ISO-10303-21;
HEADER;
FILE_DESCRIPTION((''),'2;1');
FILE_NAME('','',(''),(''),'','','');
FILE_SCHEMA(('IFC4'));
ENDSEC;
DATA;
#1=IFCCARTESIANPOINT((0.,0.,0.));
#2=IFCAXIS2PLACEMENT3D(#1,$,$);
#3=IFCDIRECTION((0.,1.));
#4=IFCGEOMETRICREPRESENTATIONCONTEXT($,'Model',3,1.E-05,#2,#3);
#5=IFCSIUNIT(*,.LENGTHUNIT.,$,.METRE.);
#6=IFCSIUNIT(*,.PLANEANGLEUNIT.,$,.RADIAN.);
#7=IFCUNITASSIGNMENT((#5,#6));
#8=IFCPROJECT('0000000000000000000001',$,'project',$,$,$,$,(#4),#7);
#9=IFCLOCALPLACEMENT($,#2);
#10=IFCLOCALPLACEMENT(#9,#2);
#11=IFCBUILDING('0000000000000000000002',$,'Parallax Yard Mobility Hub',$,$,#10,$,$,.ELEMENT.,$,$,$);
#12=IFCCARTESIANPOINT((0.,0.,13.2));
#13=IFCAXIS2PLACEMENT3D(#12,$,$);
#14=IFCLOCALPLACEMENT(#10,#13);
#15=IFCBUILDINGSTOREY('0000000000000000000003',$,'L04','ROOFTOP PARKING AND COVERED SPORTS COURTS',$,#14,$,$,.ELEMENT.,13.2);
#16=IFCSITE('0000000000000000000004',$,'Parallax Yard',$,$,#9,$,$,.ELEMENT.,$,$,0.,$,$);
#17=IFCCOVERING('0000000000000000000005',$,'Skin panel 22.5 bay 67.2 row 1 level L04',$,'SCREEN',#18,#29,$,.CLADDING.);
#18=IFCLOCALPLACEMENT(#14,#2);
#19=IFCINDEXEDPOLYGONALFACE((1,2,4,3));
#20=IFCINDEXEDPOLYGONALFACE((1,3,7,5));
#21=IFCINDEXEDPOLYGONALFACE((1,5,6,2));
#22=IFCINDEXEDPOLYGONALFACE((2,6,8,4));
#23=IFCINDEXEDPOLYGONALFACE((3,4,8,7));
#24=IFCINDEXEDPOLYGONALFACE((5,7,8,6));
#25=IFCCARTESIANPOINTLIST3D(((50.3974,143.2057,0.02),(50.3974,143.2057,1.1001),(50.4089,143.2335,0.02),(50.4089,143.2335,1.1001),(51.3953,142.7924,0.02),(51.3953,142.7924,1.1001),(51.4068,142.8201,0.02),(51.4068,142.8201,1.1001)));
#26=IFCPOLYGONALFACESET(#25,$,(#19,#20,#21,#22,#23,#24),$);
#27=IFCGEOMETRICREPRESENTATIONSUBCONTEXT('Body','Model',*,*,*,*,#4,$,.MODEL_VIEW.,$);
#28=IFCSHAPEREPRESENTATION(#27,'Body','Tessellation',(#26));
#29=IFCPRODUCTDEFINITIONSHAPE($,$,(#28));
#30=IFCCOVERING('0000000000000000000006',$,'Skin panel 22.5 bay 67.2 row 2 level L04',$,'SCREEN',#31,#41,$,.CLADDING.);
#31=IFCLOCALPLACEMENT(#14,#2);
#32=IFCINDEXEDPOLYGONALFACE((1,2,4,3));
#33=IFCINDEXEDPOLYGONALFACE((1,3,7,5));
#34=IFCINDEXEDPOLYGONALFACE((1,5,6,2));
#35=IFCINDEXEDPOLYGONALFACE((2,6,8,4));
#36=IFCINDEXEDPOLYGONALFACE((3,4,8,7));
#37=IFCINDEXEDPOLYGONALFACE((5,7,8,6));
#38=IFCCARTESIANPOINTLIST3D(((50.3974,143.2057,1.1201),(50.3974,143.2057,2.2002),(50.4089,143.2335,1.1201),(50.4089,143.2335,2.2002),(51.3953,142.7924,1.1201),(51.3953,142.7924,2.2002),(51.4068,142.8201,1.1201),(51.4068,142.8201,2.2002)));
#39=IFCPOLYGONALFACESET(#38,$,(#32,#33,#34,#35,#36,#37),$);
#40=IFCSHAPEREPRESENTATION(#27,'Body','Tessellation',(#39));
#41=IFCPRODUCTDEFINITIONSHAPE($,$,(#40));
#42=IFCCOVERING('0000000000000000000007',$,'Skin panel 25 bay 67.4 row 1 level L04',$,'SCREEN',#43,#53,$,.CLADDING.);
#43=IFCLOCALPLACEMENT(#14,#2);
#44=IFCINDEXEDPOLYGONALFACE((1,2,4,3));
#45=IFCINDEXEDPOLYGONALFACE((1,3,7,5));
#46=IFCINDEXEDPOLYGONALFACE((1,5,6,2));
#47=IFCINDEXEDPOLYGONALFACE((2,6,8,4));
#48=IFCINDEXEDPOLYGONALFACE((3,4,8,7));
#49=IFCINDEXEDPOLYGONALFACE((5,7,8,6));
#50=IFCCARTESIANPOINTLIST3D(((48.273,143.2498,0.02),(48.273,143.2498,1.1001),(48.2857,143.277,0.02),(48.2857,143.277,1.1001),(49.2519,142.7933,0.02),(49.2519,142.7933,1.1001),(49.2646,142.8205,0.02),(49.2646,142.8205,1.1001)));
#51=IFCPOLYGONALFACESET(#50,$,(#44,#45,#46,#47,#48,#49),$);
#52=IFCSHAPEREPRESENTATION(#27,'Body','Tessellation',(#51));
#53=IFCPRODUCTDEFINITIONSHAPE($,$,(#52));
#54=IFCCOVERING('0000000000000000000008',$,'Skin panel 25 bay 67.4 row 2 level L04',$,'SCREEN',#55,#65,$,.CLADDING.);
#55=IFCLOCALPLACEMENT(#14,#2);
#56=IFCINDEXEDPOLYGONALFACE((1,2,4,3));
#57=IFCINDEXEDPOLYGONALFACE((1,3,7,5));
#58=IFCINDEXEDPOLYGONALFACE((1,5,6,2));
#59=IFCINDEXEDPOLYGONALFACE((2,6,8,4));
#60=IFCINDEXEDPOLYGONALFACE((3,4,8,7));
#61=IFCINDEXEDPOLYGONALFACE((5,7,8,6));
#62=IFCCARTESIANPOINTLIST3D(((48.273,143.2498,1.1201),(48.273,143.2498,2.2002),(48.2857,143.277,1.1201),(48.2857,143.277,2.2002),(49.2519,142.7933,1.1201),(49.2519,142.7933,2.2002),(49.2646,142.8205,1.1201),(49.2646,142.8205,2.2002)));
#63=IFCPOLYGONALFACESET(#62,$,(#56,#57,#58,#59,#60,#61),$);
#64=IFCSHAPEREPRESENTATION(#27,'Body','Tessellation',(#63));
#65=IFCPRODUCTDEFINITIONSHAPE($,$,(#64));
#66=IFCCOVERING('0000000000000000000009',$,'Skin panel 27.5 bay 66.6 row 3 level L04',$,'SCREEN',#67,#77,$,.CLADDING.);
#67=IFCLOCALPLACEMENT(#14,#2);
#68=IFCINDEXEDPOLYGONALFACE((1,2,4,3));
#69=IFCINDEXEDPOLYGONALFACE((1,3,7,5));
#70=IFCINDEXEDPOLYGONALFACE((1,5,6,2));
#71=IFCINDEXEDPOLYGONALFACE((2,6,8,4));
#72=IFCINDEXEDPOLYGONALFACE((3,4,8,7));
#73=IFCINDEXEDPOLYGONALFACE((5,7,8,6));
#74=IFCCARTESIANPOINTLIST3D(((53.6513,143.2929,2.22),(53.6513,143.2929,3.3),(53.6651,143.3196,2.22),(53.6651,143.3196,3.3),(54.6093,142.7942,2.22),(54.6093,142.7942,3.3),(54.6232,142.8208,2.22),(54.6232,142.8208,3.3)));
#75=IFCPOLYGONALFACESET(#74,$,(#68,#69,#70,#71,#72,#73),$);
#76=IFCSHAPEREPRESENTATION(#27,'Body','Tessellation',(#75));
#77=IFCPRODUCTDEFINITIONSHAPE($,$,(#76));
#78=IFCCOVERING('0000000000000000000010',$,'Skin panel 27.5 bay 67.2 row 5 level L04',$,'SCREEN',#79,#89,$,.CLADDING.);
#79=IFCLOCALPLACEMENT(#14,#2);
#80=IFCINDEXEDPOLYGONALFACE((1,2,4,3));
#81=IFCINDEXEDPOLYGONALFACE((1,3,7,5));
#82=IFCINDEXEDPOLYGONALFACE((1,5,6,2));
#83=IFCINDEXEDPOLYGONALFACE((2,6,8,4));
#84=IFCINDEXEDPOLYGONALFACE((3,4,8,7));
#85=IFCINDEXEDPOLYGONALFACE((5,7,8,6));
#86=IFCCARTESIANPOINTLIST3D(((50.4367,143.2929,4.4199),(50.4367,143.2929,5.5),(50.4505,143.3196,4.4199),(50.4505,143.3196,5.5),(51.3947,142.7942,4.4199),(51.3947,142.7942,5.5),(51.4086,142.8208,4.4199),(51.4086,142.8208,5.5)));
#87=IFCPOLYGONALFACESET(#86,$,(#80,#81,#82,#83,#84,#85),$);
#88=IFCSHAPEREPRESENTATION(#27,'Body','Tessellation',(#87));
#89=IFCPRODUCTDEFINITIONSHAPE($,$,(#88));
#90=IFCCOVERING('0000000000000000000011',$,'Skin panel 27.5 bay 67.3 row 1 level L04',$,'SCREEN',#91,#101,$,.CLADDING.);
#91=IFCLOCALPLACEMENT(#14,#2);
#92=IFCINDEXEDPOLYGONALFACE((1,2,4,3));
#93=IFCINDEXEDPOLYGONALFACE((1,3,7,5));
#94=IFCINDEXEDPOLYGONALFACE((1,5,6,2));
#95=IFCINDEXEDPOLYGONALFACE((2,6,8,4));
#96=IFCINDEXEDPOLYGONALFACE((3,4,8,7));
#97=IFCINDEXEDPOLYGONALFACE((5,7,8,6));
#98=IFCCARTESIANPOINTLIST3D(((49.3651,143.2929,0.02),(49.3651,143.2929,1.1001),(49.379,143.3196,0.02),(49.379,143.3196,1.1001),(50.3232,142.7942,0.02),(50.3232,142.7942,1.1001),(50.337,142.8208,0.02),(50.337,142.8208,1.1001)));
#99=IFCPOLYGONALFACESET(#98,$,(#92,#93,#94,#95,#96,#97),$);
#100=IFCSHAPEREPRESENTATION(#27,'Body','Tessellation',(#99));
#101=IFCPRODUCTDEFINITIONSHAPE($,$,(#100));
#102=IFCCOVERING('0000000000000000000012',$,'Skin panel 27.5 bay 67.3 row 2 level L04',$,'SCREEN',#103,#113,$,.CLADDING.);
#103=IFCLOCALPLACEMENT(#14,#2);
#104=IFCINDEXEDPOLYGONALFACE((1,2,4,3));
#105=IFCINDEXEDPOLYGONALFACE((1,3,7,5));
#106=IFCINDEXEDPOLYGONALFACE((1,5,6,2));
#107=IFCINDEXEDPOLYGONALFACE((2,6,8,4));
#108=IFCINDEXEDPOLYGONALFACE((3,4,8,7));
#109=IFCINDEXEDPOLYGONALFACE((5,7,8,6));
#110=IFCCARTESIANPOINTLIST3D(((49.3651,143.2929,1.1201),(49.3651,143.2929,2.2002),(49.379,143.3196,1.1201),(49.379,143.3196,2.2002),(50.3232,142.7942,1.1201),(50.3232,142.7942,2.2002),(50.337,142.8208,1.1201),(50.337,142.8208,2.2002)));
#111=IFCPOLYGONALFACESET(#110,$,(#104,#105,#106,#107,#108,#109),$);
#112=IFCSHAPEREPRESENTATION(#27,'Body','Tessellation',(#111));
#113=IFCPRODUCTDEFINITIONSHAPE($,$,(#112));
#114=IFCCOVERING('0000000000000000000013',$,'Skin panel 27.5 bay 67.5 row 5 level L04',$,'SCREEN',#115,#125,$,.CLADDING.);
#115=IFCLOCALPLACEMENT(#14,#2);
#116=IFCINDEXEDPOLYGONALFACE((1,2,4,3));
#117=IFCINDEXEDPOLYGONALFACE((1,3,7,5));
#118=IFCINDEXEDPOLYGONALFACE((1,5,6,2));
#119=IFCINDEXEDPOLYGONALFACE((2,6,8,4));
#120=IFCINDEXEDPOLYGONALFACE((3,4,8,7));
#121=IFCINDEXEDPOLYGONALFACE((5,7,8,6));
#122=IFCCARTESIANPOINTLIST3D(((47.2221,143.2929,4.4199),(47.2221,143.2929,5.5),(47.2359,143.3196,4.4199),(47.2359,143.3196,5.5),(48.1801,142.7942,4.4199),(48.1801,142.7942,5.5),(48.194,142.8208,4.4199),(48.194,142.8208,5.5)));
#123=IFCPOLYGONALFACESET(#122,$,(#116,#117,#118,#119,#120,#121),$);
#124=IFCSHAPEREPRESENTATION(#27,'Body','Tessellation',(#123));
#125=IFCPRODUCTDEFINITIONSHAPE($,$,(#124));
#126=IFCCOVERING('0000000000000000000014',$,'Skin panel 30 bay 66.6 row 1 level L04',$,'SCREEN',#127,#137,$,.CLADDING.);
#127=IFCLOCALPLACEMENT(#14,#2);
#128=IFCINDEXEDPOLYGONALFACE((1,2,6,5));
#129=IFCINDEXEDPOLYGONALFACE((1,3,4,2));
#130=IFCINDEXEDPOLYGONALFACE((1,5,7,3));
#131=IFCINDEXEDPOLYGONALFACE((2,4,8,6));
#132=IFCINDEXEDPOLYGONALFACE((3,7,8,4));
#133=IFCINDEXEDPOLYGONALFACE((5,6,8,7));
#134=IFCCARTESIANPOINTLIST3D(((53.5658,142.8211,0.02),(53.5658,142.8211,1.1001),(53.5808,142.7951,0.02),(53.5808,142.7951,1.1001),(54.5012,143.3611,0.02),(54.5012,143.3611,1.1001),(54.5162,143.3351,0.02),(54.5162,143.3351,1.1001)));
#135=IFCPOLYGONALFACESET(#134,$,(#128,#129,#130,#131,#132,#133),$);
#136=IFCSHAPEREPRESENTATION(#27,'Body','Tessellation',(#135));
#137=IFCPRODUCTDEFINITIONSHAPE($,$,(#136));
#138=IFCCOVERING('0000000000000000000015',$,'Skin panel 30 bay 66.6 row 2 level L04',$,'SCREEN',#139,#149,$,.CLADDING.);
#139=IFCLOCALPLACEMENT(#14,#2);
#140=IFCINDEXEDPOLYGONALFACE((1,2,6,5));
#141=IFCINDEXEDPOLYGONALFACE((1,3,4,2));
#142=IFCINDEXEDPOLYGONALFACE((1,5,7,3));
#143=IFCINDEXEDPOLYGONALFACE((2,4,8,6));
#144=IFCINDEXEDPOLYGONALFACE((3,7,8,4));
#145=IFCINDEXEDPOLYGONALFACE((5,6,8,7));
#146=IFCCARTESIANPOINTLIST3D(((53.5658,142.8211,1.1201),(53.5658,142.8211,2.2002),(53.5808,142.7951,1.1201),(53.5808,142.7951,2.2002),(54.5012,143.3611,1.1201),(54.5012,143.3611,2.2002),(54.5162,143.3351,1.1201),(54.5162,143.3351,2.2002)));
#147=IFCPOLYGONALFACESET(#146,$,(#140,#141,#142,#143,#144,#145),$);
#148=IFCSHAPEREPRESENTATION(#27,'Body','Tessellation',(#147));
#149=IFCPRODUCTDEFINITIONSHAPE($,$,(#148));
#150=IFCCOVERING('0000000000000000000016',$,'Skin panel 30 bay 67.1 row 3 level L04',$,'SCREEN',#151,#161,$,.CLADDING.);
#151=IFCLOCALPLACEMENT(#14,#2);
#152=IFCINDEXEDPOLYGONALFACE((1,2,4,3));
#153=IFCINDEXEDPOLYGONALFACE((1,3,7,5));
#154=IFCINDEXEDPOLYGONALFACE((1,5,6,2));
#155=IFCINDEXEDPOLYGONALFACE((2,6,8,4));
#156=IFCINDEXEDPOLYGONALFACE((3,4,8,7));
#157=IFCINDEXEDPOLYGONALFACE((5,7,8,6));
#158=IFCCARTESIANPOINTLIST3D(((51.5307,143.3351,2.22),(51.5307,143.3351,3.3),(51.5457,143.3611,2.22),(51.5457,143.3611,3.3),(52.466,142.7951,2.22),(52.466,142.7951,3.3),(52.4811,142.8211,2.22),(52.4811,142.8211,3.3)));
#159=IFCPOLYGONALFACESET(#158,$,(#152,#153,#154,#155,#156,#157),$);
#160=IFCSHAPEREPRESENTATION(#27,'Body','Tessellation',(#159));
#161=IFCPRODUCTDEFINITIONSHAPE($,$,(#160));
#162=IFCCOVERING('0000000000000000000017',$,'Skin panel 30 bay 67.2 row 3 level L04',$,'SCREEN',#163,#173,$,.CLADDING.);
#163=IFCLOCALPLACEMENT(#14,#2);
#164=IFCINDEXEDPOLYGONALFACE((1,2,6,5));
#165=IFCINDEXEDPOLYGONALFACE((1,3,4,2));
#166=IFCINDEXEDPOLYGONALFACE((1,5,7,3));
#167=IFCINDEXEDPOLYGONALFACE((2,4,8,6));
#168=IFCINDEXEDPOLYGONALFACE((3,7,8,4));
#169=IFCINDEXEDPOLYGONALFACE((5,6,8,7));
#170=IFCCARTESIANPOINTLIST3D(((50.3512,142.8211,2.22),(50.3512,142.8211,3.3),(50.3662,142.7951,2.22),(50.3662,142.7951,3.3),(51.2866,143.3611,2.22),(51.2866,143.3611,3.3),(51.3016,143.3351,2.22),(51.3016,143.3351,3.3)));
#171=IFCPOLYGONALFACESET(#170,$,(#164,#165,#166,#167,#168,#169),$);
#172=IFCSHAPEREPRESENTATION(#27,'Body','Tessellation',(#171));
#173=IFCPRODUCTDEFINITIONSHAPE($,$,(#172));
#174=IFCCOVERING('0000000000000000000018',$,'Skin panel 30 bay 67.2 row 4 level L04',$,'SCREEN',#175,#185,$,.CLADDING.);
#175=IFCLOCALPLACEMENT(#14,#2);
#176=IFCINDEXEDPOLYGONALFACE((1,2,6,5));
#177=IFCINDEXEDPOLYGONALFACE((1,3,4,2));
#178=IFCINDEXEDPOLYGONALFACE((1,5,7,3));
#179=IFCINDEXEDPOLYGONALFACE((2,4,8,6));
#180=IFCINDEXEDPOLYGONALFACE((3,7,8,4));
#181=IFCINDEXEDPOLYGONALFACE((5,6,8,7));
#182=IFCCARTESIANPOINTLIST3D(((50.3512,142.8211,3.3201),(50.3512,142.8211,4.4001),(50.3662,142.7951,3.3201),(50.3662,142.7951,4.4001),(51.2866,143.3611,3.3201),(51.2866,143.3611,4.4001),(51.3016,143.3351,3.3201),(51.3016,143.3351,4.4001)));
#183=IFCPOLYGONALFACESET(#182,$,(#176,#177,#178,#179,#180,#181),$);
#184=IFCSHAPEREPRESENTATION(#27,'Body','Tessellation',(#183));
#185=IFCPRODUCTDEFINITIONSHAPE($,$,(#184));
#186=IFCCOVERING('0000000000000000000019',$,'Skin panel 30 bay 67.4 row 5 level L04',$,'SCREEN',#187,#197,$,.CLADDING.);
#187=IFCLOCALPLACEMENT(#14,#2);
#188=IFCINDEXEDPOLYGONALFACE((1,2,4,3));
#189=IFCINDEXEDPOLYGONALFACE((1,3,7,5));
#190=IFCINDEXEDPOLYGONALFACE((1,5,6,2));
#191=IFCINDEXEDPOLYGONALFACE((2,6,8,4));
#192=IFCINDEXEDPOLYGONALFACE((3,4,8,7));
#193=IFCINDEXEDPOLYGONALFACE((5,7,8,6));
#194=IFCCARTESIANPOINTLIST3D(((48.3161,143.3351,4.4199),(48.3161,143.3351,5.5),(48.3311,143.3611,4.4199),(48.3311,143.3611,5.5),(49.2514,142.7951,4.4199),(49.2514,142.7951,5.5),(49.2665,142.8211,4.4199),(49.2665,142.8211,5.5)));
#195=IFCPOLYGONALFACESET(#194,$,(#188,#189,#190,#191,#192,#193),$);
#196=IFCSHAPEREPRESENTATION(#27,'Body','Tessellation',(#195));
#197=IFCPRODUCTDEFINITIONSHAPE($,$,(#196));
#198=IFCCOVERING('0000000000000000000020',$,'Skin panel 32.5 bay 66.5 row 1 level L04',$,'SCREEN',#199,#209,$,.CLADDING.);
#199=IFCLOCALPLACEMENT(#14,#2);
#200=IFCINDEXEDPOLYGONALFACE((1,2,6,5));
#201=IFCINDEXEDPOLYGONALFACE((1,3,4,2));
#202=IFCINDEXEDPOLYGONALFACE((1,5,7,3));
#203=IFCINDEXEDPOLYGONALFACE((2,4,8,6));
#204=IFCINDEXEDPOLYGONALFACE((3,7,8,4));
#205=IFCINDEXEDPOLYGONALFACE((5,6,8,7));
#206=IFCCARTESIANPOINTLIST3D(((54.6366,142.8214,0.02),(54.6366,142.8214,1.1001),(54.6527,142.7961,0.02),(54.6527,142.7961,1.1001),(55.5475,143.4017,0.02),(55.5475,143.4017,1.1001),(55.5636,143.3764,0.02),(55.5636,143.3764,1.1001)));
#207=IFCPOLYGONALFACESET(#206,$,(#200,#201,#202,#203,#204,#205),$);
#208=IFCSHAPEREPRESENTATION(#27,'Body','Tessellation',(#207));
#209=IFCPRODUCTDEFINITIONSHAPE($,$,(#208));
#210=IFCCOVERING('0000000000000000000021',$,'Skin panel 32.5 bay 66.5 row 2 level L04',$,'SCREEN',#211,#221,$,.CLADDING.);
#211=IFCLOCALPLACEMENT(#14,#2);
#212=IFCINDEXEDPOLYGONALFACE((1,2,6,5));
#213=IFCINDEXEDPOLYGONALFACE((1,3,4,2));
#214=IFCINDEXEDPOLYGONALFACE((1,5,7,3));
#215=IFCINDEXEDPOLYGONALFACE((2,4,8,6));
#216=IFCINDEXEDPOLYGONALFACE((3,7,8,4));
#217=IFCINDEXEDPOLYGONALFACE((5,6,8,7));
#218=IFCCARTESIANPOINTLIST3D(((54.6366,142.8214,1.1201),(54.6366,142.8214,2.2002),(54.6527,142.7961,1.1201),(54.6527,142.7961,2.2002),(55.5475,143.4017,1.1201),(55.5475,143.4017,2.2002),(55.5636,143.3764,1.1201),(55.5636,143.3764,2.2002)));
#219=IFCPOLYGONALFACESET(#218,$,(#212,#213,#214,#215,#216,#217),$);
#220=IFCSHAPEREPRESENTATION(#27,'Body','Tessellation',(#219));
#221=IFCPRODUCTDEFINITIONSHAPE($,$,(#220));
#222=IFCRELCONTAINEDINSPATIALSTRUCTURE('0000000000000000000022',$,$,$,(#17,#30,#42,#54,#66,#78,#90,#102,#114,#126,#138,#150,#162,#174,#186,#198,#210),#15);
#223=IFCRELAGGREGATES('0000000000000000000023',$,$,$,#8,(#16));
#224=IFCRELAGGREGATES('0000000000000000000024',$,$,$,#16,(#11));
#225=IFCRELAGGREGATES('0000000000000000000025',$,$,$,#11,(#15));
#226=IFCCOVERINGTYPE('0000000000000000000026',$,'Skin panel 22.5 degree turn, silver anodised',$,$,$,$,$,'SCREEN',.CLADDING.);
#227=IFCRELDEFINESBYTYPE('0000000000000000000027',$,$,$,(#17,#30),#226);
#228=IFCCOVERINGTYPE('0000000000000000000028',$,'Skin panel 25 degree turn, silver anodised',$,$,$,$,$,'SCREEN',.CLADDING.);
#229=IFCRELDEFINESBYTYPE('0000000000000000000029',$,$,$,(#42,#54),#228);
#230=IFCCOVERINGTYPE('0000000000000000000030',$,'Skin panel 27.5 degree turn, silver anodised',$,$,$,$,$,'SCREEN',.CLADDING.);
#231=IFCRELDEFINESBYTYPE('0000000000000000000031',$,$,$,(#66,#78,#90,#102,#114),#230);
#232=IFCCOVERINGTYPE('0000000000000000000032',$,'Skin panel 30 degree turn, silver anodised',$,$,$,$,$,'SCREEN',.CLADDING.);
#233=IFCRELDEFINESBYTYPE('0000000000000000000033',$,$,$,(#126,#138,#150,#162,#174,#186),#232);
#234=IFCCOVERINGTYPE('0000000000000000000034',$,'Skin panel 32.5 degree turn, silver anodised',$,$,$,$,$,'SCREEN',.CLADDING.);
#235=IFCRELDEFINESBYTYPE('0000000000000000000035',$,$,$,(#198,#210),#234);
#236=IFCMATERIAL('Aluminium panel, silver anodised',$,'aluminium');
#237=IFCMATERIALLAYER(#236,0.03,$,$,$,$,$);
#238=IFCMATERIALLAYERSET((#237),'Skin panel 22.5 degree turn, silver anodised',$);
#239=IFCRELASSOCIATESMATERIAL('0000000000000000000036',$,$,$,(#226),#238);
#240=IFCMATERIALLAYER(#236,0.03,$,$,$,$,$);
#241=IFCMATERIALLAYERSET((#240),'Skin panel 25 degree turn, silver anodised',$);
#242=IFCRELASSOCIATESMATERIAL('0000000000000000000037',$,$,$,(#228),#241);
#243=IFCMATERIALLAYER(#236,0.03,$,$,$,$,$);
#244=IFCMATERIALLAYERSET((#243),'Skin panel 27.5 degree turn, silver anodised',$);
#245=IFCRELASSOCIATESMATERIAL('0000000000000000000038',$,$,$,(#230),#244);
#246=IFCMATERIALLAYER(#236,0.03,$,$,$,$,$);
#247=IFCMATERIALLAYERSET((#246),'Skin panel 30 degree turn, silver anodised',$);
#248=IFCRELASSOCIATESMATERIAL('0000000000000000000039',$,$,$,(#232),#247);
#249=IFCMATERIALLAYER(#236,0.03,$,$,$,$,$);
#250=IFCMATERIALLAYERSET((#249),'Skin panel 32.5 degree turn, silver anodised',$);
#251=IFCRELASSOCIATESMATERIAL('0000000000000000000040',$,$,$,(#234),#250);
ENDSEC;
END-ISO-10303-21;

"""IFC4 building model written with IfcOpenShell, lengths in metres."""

from ifc_helpers import new_model, si_unit, direction, frame, origin, origin_2d, place, context, subcontext, project, spatial, rectangle, extrude, material, layer, layer_set, type_object, element, save


model = new_model("IFC4")

# Units and contexts
model_context = context("Model", 3, precision=1e-05, world=origin(), true_north=direction((0.0, 1.0)))
body_context = subcontext(model_context, "Body", "Model", "MODEL_VIEW")
ifc_project = project(units=[si_unit("LENGTHUNIT", "METRE"), si_unit("PLANEANGLEUNIT", "RADIAN")], contexts=[model_context])

# Site, building, storey
site_placement = place(None, origin())
site = spatial("IfcSite", under=ifc_project, at=site_placement, Name="Parallax Yard", CompositionType="ELEMENT", RefElevation=0.0)
building_placement = place(site_placement, origin())
building = spatial("IfcBuilding", under=site, at=building_placement, Name="Parallax Yard Mobility Hub", CompositionType="ELEMENT")
storey_placement = place(building_placement, frame((0.0, 0.0, 13.2)))
storey = spatial("IfcBuildingStorey", under=building, at=storey_placement, Name="L04", Description="ROOFTOP PARKING AND COVERED SPORTS COURTS", CompositionType="ELEMENT", Elevation=13.2)

# Coverings
ifc_material_1 = material(Name="Aluminium panel, silver anodised", Category="aluminium")
ifc_layer_1 = layer(ifc_material_1, 0.03)
ifc_layer_set_1 = layer_set([ifc_layer_1], Name="Skin panel 22.5 degree turn, silver anodised")
covering_type_1 = type_object("IfcCoveringType", Name="Skin panel 22.5 degree turn, silver anodised", ElementType="SCREEN", PredefinedType="CLADDING", material=ifc_layer_set_1)
for number, where, z_axis, x_axis, name in (
    (1, (50.9021, 143.0129, 0.02), (0.0, 0.0, 1.0), (-0.92388, 0.382683, 0.0), "Skin panel 22.5 bay 67.2 row 1 level L04"),
    (2, (50.9021, 143.0129, 1.1201), (0.0, 0.0, 1.0), (-0.92388, 0.382683, 0.0), "Skin panel 22.5 bay 67.2 row 2 level L04"),
):
    element("IfcCovering", number, at=place(storey_placement, frame(where, z_axis=z_axis, x_axis=x_axis)), inside=storey, type_object=covering_type_1, Name=name, ObjectType="SCREEN", PredefinedType="CLADDING", context=body_context, shape_type="SweptSolid", body=[
        extrude(rectangle(XDim=1.0801, YDim=0.03, at=origin_2d()), origin(), (0.0, 0.0, 1.0), 1.0801),
    ])
ifc_layer_2 = layer(ifc_material_1, 0.03)
ifc_layer_set_2 = layer_set([ifc_layer_2], Name="Skin panel 25 degree turn, silver anodised")
covering_type_2 = type_object("IfcCoveringType", Name="Skin panel 25 degree turn, silver anodised", ElementType="SCREEN", PredefinedType="CLADDING", material=ifc_layer_set_2)
for number, where, z_axis, x_axis, name in (
    (3, (48.7688, 143.0352, 0.02), (0.0, 0.0, 1.0), (-0.906308, 0.422618, 0.0), "Skin panel 25 bay 67.4 row 1 level L04"),
    (4, (48.7688, 143.0352, 1.1201), (0.0, 0.0, 1.0), (-0.906308, 0.422618, 0.0), "Skin panel 25 bay 67.4 row 2 level L04"),
):
    element("IfcCovering", number, at=place(storey_placement, frame(where, z_axis=z_axis, x_axis=x_axis)), inside=storey, type_object=covering_type_2, Name=name, ObjectType="SCREEN", PredefinedType="CLADDING", context=body_context, shape_type="SweptSolid", body=[
        extrude(rectangle(XDim=1.0801, YDim=0.03, at=origin_2d()), origin(), (0.0, 0.0, 1.0), 1.0801),
    ])
ifc_layer_3 = layer(ifc_material_1, 0.03)
ifc_layer_set_3 = layer_set([ifc_layer_3], Name="Skin panel 27.5 degree turn, silver anodised")
covering_type_3 = type_object("IfcCoveringType", Name="Skin panel 27.5 degree turn, silver anodised", ElementType="SCREEN", PredefinedType="CLADDING", material=ifc_layer_set_3)
for number, where, z_axis, x_axis, name in (
    (5, (54.1372, 143.0569, 2.22), (0.0, 0.0, 1.0), (-0.887011, 0.461749, 0.0), "Skin panel 27.5 bay 66.6 row 3 level L04"),
    (6, (50.9226, 143.0569, 4.4199), (0.0, 0.0, 1.0), (-0.887011, 0.461749, 0.0), "Skin panel 27.5 bay 67.2 row 5 level L04"),
    (7, (49.8511, 143.0569, 0.02), (0.0, 0.0, 1.0), (-0.887011, 0.461749, 0.0), "Skin panel 27.5 bay 67.3 row 1 level L04"),
    (8, (49.8511, 143.0569, 1.1201), (0.0, 0.0, 1.0), (-0.887011, 0.461749, 0.0), "Skin panel 27.5 bay 67.3 row 2 level L04"),
    (9, (47.708, 143.0569, 4.4199), (0.0, 0.0, 1.0), (-0.887011, 0.461749, 0.0), "Skin panel 27.5 bay 67.5 row 5 level L04"),
):
    element("IfcCovering", number, at=place(storey_placement, frame(where, z_axis=z_axis, x_axis=x_axis)), inside=storey, type_object=covering_type_3, Name=name, ObjectType="SCREEN", PredefinedType="CLADDING", context=body_context, shape_type="SweptSolid", body=[
        extrude(rectangle(XDim=1.0801, YDim=0.03, at=origin_2d()), origin(), (0.0, 0.0, 1.0), 1.0801),
    ])
ifc_layer_4 = layer(ifc_material_1, 0.03)
ifc_layer_set_4 = layer_set([ifc_layer_4], Name="Skin panel 30 degree turn, silver anodised")
covering_type_4 = type_object("IfcCoveringType", Name="Skin panel 30 degree turn, silver anodised", ElementType="SCREEN", PredefinedType="CLADDING", material=ifc_layer_set_4)
for number, where, z_axis, x_axis, name in (
    (10, (54.041, 143.0781, 0.02), (0.0, 0.0, 1.0), (0.866025, 0.5, 0.0), "Skin panel 30 bay 66.6 row 1 level L04"),
    (11, (54.041, 143.0781, 1.1201), (0.0, 0.0, 1.0), (0.866025, 0.5, 0.0), "Skin panel 30 bay 66.6 row 2 level L04"),
    (12, (52.0059, 143.0781, 2.22), (0.0, 0.0, 1.0), (-0.866025, 0.5, 0.0), "Skin panel 30 bay 67.1 row 3 level L04"),
    (13, (50.8264, 143.0781, 2.22), (0.0, 0.0, 1.0), (0.866025, 0.5, 0.0), "Skin panel 30 bay 67.2 row 3 level L04"),
    (14, (50.8264, 143.0781, 3.3201), (0.0, 0.0, 1.0), (0.866025, 0.5, 0.0), "Skin panel 30 bay 67.2 row 4 level L04"),
    (15, (48.7913, 143.0781, 4.4199), (0.0, 0.0, 1.0), (-0.866025, 0.5, 0.0), "Skin panel 30 bay 67.4 row 5 level L04"),
):
    element("IfcCovering", number, at=place(storey_placement, frame(where, z_axis=z_axis, x_axis=x_axis)), inside=storey, type_object=covering_type_4, Name=name, ObjectType="SCREEN", PredefinedType="CLADDING", context=body_context, shape_type="SweptSolid", body=[
        extrude(rectangle(XDim=1.0801, YDim=0.03, at=origin_2d()), origin(), (0.0, 0.0, 1.0), 1.0801),
    ])
ifc_layer_5 = layer(ifc_material_1, 0.03)
ifc_layer_set_5 = layer_set([ifc_layer_5], Name="Skin panel 32.5 degree turn, silver anodised")
covering_type_5 = type_object("IfcCoveringType", Name="Skin panel 32.5 degree turn, silver anodised", ElementType="SCREEN", PredefinedType="CLADDING", material=ifc_layer_set_5)
for number, where, z_axis, x_axis, name in (
    (16, (55.1001, 143.0989, 0.02), (0.0, 0.0, 1.0), (0.843391, 0.5373, 0.0), "Skin panel 32.5 bay 66.5 row 1 level L04"),
    (17, (55.1001, 143.0989, 1.1201), (0.0, 0.0, 1.0), (0.843391, 0.5373, 0.0), "Skin panel 32.5 bay 66.5 row 2 level L04"),
):
    element("IfcCovering", number, at=place(storey_placement, frame(where, z_axis=z_axis, x_axis=x_axis)), inside=storey, type_object=covering_type_5, Name=name, ObjectType="SCREEN", PredefinedType="CLADDING", context=body_context, shape_type="SweptSolid", body=[
        extrude(rectangle(XDim=1.0801, YDim=0.03, at=origin_2d()), origin(), (0.0, 0.0, 1.0), 1.0801),
    ])

save(model, "model.ifc")
